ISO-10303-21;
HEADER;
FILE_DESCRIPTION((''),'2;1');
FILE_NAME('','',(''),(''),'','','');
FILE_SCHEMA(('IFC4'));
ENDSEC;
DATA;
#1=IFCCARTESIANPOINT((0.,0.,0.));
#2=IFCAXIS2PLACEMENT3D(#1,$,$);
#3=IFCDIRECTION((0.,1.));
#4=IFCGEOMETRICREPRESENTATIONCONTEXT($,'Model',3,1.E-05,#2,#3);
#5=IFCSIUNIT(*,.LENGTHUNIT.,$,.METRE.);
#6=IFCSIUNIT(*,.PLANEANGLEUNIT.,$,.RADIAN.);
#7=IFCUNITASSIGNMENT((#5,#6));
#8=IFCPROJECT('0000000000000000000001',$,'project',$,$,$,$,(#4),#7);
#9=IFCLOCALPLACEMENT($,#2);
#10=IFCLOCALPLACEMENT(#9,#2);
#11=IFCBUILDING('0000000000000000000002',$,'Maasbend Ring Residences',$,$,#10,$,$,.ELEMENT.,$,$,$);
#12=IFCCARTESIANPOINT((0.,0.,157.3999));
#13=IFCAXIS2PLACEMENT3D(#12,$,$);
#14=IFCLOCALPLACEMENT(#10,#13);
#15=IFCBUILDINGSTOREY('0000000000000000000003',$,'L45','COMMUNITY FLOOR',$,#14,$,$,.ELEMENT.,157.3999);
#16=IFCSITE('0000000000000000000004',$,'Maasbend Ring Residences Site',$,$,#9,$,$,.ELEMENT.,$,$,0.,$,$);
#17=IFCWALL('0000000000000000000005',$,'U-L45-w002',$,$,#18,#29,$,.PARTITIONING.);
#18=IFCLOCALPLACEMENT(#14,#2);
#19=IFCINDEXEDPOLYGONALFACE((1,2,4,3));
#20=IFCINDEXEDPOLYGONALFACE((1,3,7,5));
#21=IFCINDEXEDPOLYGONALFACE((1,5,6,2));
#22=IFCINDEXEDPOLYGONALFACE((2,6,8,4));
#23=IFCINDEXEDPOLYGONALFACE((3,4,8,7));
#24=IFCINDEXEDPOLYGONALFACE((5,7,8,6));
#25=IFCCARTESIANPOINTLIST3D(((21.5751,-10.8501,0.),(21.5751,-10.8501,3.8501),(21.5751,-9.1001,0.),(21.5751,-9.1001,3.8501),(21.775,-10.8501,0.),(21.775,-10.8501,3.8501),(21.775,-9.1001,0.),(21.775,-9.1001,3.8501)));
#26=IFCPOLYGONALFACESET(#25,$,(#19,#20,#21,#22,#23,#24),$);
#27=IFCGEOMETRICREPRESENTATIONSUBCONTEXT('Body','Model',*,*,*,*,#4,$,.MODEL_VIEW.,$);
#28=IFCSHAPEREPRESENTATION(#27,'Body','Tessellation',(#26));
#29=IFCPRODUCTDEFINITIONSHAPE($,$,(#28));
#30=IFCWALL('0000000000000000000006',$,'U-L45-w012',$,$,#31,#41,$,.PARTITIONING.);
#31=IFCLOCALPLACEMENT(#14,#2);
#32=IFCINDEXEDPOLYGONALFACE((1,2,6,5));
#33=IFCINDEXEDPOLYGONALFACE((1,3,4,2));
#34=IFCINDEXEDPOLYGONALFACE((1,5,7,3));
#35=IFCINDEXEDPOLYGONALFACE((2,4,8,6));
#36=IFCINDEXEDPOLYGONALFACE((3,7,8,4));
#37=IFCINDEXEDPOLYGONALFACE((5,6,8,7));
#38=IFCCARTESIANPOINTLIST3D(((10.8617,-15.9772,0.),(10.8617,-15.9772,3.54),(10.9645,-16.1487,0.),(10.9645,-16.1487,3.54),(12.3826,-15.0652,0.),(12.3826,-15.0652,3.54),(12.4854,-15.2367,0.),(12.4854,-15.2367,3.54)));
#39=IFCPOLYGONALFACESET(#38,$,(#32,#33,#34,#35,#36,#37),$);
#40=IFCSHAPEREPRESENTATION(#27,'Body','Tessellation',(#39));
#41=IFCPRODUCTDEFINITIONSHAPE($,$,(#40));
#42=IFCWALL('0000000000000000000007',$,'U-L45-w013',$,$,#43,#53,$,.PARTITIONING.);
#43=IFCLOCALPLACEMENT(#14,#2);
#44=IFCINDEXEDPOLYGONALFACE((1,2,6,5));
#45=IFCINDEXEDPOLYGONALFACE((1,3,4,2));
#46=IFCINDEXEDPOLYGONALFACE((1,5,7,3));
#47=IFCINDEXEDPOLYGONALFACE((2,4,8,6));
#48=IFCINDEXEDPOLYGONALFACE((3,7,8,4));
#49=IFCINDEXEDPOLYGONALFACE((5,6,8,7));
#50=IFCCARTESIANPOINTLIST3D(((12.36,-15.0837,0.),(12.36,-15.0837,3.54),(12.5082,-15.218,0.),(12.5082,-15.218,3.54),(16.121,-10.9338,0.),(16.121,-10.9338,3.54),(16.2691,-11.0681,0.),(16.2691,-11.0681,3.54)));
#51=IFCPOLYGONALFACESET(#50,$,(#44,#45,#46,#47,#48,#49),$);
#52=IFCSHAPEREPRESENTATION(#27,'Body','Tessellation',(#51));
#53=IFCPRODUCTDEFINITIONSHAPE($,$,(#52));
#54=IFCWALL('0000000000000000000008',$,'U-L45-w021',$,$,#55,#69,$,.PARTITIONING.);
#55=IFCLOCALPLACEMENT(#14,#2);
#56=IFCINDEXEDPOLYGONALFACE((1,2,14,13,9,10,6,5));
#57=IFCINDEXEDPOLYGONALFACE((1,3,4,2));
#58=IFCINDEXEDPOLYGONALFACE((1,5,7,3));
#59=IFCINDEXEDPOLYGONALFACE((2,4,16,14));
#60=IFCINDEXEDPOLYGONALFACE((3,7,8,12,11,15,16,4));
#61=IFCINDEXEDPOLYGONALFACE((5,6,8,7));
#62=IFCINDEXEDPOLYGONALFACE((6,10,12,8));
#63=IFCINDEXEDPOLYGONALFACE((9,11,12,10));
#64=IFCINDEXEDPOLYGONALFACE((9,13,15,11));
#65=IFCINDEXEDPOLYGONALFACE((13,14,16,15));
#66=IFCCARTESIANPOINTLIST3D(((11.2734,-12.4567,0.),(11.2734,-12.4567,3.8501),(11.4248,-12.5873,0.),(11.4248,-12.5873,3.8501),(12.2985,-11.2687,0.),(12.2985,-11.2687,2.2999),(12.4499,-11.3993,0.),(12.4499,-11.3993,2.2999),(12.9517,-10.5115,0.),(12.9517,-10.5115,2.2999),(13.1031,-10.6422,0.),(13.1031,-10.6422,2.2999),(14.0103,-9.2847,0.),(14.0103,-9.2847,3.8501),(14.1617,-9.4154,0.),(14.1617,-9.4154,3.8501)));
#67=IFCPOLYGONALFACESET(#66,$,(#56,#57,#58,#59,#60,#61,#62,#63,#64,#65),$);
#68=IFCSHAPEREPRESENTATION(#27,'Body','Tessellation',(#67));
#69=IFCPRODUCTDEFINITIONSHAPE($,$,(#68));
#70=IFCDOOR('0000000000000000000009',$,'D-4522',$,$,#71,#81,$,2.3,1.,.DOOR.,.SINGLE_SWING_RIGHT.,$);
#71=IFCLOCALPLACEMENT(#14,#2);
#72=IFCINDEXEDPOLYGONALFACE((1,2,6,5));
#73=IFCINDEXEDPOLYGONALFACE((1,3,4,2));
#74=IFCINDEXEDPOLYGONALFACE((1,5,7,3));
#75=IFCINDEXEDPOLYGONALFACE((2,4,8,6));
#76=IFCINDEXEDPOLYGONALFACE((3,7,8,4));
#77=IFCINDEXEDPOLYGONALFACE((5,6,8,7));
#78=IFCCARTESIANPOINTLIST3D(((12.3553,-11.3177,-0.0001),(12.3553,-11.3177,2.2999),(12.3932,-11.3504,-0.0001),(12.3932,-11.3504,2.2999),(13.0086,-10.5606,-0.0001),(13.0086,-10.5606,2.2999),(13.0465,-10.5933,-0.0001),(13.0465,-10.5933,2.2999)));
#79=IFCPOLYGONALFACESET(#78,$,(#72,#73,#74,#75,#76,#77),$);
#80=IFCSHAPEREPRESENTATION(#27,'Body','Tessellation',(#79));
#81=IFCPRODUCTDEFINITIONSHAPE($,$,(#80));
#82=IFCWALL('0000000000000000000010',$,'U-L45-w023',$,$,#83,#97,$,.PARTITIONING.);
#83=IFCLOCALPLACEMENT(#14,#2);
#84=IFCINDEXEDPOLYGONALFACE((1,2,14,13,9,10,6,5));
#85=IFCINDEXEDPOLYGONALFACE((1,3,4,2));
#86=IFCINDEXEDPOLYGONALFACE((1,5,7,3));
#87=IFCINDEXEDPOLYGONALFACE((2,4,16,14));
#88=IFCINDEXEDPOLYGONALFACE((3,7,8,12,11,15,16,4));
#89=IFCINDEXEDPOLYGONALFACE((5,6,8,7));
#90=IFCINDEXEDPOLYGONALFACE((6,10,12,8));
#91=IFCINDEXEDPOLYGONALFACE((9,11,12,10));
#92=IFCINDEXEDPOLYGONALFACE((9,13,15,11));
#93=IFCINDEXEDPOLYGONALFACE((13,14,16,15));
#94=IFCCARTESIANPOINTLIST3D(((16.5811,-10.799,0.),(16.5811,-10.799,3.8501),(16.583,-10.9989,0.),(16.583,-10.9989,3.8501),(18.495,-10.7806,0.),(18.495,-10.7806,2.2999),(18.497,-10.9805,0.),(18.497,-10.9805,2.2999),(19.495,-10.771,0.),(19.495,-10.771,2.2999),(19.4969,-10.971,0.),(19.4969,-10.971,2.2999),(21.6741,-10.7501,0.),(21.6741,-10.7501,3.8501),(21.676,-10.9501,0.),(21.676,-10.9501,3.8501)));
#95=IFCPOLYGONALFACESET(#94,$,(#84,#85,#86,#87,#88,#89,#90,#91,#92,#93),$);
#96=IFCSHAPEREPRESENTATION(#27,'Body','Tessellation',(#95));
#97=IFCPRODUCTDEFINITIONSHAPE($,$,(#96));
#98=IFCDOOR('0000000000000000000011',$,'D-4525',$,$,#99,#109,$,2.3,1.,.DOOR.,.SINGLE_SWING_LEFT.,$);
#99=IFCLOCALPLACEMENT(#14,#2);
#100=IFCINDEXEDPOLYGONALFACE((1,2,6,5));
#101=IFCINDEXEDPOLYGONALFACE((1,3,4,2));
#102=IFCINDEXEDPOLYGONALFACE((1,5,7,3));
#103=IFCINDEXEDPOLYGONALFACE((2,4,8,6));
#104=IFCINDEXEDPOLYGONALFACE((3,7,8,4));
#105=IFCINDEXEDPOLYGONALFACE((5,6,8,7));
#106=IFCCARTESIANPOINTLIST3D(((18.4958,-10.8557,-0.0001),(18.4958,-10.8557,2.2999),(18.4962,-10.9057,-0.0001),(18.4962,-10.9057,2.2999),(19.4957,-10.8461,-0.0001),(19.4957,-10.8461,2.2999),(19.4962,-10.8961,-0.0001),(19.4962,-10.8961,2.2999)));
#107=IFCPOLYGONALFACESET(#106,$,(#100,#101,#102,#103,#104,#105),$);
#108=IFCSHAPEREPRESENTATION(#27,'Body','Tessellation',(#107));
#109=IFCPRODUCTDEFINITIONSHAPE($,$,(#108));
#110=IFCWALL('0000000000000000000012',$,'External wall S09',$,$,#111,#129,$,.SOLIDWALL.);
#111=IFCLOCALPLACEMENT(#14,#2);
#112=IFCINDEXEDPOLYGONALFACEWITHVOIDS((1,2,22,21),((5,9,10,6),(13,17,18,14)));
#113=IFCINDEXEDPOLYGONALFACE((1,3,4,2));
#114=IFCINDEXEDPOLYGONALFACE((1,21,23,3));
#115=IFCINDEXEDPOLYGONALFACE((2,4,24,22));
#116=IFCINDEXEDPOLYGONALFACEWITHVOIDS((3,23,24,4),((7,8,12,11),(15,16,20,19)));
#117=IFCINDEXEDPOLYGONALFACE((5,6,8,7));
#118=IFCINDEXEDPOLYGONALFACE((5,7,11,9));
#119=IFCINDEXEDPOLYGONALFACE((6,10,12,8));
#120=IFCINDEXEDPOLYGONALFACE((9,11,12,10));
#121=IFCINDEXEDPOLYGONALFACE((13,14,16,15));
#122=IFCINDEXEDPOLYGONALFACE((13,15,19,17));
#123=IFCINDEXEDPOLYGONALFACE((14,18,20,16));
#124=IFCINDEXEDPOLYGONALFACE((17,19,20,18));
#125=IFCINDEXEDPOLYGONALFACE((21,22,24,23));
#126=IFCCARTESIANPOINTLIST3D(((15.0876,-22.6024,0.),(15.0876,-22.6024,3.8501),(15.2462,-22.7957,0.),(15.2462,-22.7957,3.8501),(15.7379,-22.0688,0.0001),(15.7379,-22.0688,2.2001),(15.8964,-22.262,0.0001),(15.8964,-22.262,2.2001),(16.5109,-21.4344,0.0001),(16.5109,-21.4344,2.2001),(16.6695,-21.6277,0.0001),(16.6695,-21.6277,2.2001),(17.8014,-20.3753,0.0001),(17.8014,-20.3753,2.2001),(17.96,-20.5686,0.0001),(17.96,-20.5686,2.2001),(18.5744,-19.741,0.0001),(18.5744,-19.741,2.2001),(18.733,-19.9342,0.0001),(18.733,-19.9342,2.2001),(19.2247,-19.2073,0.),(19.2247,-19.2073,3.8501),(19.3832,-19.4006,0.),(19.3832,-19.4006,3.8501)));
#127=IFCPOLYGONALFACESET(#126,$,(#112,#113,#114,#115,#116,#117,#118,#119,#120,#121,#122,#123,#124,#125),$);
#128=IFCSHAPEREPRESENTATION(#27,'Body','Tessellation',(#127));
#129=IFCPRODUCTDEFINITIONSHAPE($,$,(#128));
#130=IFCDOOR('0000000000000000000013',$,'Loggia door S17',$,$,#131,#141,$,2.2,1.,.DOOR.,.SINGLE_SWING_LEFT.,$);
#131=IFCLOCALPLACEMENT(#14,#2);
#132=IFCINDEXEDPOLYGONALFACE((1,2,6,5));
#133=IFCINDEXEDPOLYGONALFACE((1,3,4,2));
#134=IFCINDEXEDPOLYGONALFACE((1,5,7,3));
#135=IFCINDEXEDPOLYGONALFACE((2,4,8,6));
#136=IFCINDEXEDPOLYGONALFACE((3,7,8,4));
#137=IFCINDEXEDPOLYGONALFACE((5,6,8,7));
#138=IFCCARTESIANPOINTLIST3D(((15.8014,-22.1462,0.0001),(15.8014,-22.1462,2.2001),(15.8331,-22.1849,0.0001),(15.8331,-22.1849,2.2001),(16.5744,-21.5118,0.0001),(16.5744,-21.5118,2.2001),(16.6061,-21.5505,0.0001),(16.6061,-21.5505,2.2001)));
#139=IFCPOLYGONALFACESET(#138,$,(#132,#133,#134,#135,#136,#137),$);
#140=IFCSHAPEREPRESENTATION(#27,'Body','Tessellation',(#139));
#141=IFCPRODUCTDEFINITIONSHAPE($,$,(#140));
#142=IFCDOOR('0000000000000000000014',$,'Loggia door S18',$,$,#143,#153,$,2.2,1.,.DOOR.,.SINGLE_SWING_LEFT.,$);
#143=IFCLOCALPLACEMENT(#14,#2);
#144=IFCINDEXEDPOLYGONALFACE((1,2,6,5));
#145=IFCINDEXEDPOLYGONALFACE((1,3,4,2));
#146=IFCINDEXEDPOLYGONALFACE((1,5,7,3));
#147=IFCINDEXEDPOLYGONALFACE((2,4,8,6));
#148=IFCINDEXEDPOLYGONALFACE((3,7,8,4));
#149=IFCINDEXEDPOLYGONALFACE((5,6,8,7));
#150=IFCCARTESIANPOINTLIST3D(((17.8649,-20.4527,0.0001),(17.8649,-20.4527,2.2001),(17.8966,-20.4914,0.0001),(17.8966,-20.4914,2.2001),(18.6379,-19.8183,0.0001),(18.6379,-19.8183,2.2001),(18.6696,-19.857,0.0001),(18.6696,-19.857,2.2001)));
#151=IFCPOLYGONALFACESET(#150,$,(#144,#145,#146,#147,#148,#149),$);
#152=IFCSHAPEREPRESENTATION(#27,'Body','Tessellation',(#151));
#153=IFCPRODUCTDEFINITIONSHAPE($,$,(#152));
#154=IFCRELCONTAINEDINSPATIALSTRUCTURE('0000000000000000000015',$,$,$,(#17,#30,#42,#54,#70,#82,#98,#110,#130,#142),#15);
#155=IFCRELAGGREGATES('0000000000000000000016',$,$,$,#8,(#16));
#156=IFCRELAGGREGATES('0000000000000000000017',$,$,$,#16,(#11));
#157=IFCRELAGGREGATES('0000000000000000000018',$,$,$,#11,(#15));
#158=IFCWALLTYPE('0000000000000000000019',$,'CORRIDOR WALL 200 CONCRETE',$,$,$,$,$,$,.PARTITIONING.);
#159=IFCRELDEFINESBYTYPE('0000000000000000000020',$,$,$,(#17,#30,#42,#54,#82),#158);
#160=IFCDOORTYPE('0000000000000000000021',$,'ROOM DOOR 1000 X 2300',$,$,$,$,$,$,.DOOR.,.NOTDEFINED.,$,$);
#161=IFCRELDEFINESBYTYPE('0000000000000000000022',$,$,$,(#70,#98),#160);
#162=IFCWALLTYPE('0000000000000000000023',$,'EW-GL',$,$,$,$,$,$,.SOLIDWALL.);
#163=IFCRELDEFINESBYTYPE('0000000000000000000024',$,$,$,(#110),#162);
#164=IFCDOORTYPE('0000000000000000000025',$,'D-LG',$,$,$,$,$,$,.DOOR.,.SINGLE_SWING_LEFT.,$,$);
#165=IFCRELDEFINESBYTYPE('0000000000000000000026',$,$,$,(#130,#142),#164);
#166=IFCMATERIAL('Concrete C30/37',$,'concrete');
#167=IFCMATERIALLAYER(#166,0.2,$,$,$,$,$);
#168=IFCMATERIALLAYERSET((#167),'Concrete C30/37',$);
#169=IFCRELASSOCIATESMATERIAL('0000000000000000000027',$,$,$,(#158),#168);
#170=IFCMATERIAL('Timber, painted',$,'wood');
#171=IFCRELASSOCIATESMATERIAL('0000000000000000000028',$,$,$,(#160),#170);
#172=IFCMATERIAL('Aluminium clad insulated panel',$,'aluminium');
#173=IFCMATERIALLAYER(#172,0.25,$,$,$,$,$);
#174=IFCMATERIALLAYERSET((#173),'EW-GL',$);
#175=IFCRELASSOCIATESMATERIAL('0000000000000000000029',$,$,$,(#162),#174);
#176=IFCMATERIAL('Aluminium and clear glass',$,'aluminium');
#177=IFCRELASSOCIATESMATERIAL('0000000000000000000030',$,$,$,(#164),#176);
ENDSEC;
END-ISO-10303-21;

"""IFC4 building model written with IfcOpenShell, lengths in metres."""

from ifc_helpers import new_model, si_unit, direction, frame, frame_2d, origin, place, context, subcontext, project, spatial, rectangle, extrude, material, layer, layer_set, type_object, element, fill, save


model = new_model("IFC4")

# Units and contexts
model_context = context("Model", 3, precision=1e-05, world=origin(), true_north=direction((0.0, 1.0)))
body_context = subcontext(model_context, "Body", "Model", "MODEL_VIEW")
ifc_project = project(units=[si_unit("LENGTHUNIT", "METRE"), si_unit("PLANEANGLEUNIT", "RADIAN")], contexts=[model_context])

# Site, building, storey
site_placement = place(None, origin())
site = spatial("IfcSite", under=ifc_project, at=site_placement, Name="Maasbend Ring Residences Site", CompositionType="ELEMENT", RefElevation=0.0)
building_placement = place(site_placement, origin())
building = spatial("IfcBuilding", under=site, at=building_placement, Name="Maasbend Ring Residences", CompositionType="ELEMENT")
storey_placement = place(building_placement, frame((0.0, 0.0, 157.3999)))
storey = spatial("IfcBuildingStorey", under=building, at=storey_placement, Name="L45", Description="COMMUNITY FLOOR", CompositionType="ELEMENT", Elevation=157.3999)

# Walls
ifc_material_1 = material(Name="Concrete C30/37", Category="concrete")
ifc_layer_1 = layer(ifc_material_1, 0.2)
ifc_layer_set_1 = layer_set([ifc_layer_1], Name="Concrete C30/37")
wall_type_1 = type_object("IfcWallType", Name="CORRIDOR WALL 200 CONCRETE", PredefinedType="PARTITIONING", material=ifc_layer_set_1)
wall_1_placement = place(storey_placement, frame((21.675, -10.8501, 0.0), z_axis=(0.0, 0.0, 1.0), x_axis=(0.0, 1.0, 0.0)))
element("IfcWall", 1, at=wall_1_placement, inside=storey, type_object=wall_type_1, Name="U-L45-w002", PredefinedType="PARTITIONING", context=body_context, shape_type="SweptSolid", body=[
    extrude(rectangle(XDim=1.75, YDim=0.2, at=frame_2d((0.875, 0.0))), origin(), (0.0, 0.0, 1.0), 3.8501),
])
wall_2_placement = place(storey_placement, frame((10.9131, -16.063, 0.0), z_axis=(0.0, 0.0, 1.0), x_axis=(0.857614, 0.514293, 0.0)))
element("IfcWall", 2, at=wall_2_placement, inside=storey, type_object=wall_type_1, Name="U-L45-w012", PredefinedType="PARTITIONING", context=body_context, shape_type="SweptSolid", body=[
    extrude(rectangle(XDim=1.7734, YDim=0.2, at=frame_2d((0.8867, 0.0))), origin(), (0.0, 0.0, 1.0), 3.54),
])
wall_3_placement = place(storey_placement, frame((12.4341, -15.1509, 0.0), z_axis=(0.0, 0.0, 1.0), x_axis=(0.671533, 0.740975, 0.0)))
element("IfcWall", 3, at=wall_3_placement, inside=storey, type_object=wall_type_1, Name="U-L45-w013", PredefinedType="PARTITIONING", context=body_context, shape_type="SweptSolid", body=[
    extrude(rectangle(XDim=5.6006, YDim=0.2, at=frame_2d((2.8003, 0.0))), origin(), (0.0, 0.0, 1.0), 3.54),
])

# Walls, openings, doors
wall_4_placement = place(storey_placement, frame((11.3491, -12.522, 0.0), z_axis=(0.0, 0.0, 1.0), x_axis=(0.653274, 0.757122, 0.0)))
wall_4 = element("IfcWall", 4, at=wall_4_placement, inside=storey, type_object=wall_type_1, Name="U-L45-w021", PredefinedType="PARTITIONING", context=body_context, shape_type="SweptSolid", body=[
    extrude(rectangle(XDim=4.1895, YDim=0.2, at=frame_2d((2.0947, 0.0))), origin(), (0.0, 0.0, 1.0), 3.8501),
])
opening_1_placement = place(wall_4_placement, frame((1.5691, 0.0, 0.0)))
opening_1 = element("IfcOpeningElement", 5, at=opening_1_placement, cuts=wall_4, PredefinedType="OPENING", context=body_context, shape_type="SweptSolid", body=[
    extrude(rectangle(XDim=1.0, YDim=2.3, at=frame_2d((0.5, 1.1499))), frame((0.0, 0.1099, 0.0), z_axis=(0.0, -1.0, 0.0), x_axis=(1.0, 0.0, 0.0)), (0.0, 0.0, 1.0), 0.22),
])
ifc_material_2 = material(Name="Timber, painted", Category="wood")
door_type_1 = type_object("IfcDoorType", Name="ROOM DOOR 1000 X 2300", OperationType="NOTDEFINED", PredefinedType="DOOR", material=ifc_material_2)
door_1_placement = place(opening_1_placement, origin())
door_1 = element("IfcDoor", 6, at=door_1_placement, inside=storey, type_object=door_type_1, Name="D-4522", OperationType="SINGLE_SWING_RIGHT", OverallHeight=2.3, OverallWidth=1.0, PredefinedType="DOOR", context=body_context, shape_type="SweptSolid", body=[
    extrude(rectangle(XDim=1.0, YDim=2.3, at=frame_2d((0.5, 1.1499))), frame((0.0, 0.0249, 0.0), z_axis=(0.0, -1.0, 0.0), x_axis=(1.0, 0.0, 0.0)), (0.0, 0.0, 1.0), 0.05),
])
fill(opening_1, door_1)
wall_5_placement = place(storey_placement, frame((16.582, -10.8989, 0.0), z_axis=(0.0, 0.0, 1.0), x_axis=(0.999954, 0.009587, 0.0)))
wall_5 = element("IfcWall", 7, at=wall_5_placement, inside=storey, type_object=wall_type_1, Name="U-L45-w023", PredefinedType="PARTITIONING", context=body_context, shape_type="SweptSolid", body=[
    extrude(rectangle(XDim=5.0933, YDim=0.2, at=frame_2d((2.5466, 0.0))), origin(), (0.0, 0.0, 1.0), 3.8501),
])
opening_2_placement = place(wall_5_placement, frame((1.9141, 0.0, 0.0)))
opening_2 = element("IfcOpeningElement", 8, at=opening_2_placement, cuts=wall_5, PredefinedType="OPENING", context=body_context, shape_type="SweptSolid", body=[
    extrude(rectangle(XDim=1.0, YDim=2.3, at=frame_2d((0.5, 1.1499))), frame((0.0, 0.1099, 0.0), z_axis=(0.0, -1.0, 0.0), x_axis=(1.0, 0.0, 0.0)), (0.0, 0.0, 1.0), 0.22),
])
door_2_placement = place(opening_2_placement, origin())
door_2 = element("IfcDoor", 9, at=door_2_placement, inside=storey, type_object=door_type_1, Name="D-4525", OperationType="SINGLE_SWING_LEFT", OverallHeight=2.3, OverallWidth=1.0, PredefinedType="DOOR", context=body_context, shape_type="SweptSolid", body=[
    extrude(rectangle(XDim=1.0, YDim=2.3, at=frame_2d((0.5, 1.1499))), frame((0.0, 0.0249, 0.0), z_axis=(0.0, -1.0, 0.0), x_axis=(1.0, 0.0, 0.0)), (0.0, 0.0, 1.0), 0.05),
])
fill(opening_2, door_2)

# Wall, openings, doors
ifc_material_3 = material(Name="Aluminium clad insulated panel", Category="aluminium")
ifc_layer_2 = layer(ifc_material_3, 0.25)
ifc_layer_set_2 = layer_set([ifc_layer_2], Name="EW-GL")
wall_type_2 = type_object("IfcWallType", Name="EW-GL", PredefinedType="SOLIDWALL", material=ifc_layer_set_2)
wall_6_placement = place(storey_placement, frame((15.167, -22.699, 0.0), z_axis=(0.0, 0.0, 1.0), x_axis=(0.773019, 0.634382, 0.0)))
wall_6 = element("IfcWall", 10, at=wall_6_placement, inside=storey, type_object=wall_type_2, Name="External wall S09", PredefinedType="SOLIDWALL", context=body_context, shape_type="SweptSolid", body=[
    extrude(rectangle(XDim=5.3518, YDim=0.25, at=frame_2d((2.6758, 0.0))), origin(), (0.0, 0.0, 1.0), 3.8501),
])
opening_3_placement = place(wall_6_placement, frame((0.8411, 0.0, 0.0)))
opening_3 = element("IfcOpeningElement", 11, at=opening_3_placement, cuts=wall_6, PredefinedType="OPENING", context=body_context, shape_type="SweptSolid", body=[
    extrude(rectangle(XDim=1.0, YDim=2.2, at=frame_2d((0.5, 1.1001))), frame((0.0, 0.135, 0.0), z_axis=(0.0, -1.0, 0.0), x_axis=(1.0, 0.0, 0.0)), (0.0, 0.0, 1.0), 0.27),
])
opening_4_placement = place(wall_6_placement, frame((3.5105, 0.0, 0.0)))
opening_4 = element("IfcOpeningElement", 12, at=opening_4_placement, cuts=wall_6, PredefinedType="OPENING", context=body_context, shape_type="SweptSolid", body=[
    extrude(rectangle(XDim=1.0, YDim=2.2, at=frame_2d((0.5, 1.1001))), frame((0.0, 0.135, 0.0), z_axis=(0.0, -1.0, 0.0), x_axis=(1.0, 0.0, 0.0)), (0.0, 0.0, 1.0), 0.27),
])
ifc_material_4 = material(Name="Aluminium and clear glass", Category="aluminium")
door_type_2 = type_object("IfcDoorType", Name="D-LG", OperationType="SINGLE_SWING_LEFT", PredefinedType="DOOR", material=ifc_material_4)
door_3_placement = place(opening_3_placement, origin())
door_3 = element("IfcDoor", 13, at=door_3_placement, inside=storey, type_object=door_type_2, Name="Loggia door S17", OperationType="SINGLE_SWING_LEFT", OverallHeight=2.2, OverallWidth=1.0, PredefinedType="DOOR", context=body_context, shape_type="SweptSolid", body=[
    extrude(rectangle(XDim=1.0, YDim=2.2, at=frame_2d((0.5, 1.1001))), frame((0.0, 0.0249, 0.0), z_axis=(0.0, -1.0, 0.0), x_axis=(1.0, 0.0, 0.0)), (0.0, 0.0, 1.0), 0.05),
])
fill(opening_3, door_3)
door_4_placement = place(opening_4_placement, origin())
door_4 = element("IfcDoor", 14, at=door_4_placement, inside=storey, type_object=door_type_2, Name="Loggia door S18", OperationType="SINGLE_SWING_LEFT", OverallHeight=2.2, OverallWidth=1.0, PredefinedType="DOOR", context=body_context, shape_type="SweptSolid", body=[
    extrude(rectangle(XDim=1.0, YDim=2.2, at=frame_2d((0.5, 1.1001))), frame((0.0, 0.0249, 0.0), z_axis=(0.0, -1.0, 0.0), x_axis=(1.0, 0.0, 0.0)), (0.0, 0.0, 1.0), 0.05),
])
fill(opening_4, door_4)

save(model, "model.ifc")
